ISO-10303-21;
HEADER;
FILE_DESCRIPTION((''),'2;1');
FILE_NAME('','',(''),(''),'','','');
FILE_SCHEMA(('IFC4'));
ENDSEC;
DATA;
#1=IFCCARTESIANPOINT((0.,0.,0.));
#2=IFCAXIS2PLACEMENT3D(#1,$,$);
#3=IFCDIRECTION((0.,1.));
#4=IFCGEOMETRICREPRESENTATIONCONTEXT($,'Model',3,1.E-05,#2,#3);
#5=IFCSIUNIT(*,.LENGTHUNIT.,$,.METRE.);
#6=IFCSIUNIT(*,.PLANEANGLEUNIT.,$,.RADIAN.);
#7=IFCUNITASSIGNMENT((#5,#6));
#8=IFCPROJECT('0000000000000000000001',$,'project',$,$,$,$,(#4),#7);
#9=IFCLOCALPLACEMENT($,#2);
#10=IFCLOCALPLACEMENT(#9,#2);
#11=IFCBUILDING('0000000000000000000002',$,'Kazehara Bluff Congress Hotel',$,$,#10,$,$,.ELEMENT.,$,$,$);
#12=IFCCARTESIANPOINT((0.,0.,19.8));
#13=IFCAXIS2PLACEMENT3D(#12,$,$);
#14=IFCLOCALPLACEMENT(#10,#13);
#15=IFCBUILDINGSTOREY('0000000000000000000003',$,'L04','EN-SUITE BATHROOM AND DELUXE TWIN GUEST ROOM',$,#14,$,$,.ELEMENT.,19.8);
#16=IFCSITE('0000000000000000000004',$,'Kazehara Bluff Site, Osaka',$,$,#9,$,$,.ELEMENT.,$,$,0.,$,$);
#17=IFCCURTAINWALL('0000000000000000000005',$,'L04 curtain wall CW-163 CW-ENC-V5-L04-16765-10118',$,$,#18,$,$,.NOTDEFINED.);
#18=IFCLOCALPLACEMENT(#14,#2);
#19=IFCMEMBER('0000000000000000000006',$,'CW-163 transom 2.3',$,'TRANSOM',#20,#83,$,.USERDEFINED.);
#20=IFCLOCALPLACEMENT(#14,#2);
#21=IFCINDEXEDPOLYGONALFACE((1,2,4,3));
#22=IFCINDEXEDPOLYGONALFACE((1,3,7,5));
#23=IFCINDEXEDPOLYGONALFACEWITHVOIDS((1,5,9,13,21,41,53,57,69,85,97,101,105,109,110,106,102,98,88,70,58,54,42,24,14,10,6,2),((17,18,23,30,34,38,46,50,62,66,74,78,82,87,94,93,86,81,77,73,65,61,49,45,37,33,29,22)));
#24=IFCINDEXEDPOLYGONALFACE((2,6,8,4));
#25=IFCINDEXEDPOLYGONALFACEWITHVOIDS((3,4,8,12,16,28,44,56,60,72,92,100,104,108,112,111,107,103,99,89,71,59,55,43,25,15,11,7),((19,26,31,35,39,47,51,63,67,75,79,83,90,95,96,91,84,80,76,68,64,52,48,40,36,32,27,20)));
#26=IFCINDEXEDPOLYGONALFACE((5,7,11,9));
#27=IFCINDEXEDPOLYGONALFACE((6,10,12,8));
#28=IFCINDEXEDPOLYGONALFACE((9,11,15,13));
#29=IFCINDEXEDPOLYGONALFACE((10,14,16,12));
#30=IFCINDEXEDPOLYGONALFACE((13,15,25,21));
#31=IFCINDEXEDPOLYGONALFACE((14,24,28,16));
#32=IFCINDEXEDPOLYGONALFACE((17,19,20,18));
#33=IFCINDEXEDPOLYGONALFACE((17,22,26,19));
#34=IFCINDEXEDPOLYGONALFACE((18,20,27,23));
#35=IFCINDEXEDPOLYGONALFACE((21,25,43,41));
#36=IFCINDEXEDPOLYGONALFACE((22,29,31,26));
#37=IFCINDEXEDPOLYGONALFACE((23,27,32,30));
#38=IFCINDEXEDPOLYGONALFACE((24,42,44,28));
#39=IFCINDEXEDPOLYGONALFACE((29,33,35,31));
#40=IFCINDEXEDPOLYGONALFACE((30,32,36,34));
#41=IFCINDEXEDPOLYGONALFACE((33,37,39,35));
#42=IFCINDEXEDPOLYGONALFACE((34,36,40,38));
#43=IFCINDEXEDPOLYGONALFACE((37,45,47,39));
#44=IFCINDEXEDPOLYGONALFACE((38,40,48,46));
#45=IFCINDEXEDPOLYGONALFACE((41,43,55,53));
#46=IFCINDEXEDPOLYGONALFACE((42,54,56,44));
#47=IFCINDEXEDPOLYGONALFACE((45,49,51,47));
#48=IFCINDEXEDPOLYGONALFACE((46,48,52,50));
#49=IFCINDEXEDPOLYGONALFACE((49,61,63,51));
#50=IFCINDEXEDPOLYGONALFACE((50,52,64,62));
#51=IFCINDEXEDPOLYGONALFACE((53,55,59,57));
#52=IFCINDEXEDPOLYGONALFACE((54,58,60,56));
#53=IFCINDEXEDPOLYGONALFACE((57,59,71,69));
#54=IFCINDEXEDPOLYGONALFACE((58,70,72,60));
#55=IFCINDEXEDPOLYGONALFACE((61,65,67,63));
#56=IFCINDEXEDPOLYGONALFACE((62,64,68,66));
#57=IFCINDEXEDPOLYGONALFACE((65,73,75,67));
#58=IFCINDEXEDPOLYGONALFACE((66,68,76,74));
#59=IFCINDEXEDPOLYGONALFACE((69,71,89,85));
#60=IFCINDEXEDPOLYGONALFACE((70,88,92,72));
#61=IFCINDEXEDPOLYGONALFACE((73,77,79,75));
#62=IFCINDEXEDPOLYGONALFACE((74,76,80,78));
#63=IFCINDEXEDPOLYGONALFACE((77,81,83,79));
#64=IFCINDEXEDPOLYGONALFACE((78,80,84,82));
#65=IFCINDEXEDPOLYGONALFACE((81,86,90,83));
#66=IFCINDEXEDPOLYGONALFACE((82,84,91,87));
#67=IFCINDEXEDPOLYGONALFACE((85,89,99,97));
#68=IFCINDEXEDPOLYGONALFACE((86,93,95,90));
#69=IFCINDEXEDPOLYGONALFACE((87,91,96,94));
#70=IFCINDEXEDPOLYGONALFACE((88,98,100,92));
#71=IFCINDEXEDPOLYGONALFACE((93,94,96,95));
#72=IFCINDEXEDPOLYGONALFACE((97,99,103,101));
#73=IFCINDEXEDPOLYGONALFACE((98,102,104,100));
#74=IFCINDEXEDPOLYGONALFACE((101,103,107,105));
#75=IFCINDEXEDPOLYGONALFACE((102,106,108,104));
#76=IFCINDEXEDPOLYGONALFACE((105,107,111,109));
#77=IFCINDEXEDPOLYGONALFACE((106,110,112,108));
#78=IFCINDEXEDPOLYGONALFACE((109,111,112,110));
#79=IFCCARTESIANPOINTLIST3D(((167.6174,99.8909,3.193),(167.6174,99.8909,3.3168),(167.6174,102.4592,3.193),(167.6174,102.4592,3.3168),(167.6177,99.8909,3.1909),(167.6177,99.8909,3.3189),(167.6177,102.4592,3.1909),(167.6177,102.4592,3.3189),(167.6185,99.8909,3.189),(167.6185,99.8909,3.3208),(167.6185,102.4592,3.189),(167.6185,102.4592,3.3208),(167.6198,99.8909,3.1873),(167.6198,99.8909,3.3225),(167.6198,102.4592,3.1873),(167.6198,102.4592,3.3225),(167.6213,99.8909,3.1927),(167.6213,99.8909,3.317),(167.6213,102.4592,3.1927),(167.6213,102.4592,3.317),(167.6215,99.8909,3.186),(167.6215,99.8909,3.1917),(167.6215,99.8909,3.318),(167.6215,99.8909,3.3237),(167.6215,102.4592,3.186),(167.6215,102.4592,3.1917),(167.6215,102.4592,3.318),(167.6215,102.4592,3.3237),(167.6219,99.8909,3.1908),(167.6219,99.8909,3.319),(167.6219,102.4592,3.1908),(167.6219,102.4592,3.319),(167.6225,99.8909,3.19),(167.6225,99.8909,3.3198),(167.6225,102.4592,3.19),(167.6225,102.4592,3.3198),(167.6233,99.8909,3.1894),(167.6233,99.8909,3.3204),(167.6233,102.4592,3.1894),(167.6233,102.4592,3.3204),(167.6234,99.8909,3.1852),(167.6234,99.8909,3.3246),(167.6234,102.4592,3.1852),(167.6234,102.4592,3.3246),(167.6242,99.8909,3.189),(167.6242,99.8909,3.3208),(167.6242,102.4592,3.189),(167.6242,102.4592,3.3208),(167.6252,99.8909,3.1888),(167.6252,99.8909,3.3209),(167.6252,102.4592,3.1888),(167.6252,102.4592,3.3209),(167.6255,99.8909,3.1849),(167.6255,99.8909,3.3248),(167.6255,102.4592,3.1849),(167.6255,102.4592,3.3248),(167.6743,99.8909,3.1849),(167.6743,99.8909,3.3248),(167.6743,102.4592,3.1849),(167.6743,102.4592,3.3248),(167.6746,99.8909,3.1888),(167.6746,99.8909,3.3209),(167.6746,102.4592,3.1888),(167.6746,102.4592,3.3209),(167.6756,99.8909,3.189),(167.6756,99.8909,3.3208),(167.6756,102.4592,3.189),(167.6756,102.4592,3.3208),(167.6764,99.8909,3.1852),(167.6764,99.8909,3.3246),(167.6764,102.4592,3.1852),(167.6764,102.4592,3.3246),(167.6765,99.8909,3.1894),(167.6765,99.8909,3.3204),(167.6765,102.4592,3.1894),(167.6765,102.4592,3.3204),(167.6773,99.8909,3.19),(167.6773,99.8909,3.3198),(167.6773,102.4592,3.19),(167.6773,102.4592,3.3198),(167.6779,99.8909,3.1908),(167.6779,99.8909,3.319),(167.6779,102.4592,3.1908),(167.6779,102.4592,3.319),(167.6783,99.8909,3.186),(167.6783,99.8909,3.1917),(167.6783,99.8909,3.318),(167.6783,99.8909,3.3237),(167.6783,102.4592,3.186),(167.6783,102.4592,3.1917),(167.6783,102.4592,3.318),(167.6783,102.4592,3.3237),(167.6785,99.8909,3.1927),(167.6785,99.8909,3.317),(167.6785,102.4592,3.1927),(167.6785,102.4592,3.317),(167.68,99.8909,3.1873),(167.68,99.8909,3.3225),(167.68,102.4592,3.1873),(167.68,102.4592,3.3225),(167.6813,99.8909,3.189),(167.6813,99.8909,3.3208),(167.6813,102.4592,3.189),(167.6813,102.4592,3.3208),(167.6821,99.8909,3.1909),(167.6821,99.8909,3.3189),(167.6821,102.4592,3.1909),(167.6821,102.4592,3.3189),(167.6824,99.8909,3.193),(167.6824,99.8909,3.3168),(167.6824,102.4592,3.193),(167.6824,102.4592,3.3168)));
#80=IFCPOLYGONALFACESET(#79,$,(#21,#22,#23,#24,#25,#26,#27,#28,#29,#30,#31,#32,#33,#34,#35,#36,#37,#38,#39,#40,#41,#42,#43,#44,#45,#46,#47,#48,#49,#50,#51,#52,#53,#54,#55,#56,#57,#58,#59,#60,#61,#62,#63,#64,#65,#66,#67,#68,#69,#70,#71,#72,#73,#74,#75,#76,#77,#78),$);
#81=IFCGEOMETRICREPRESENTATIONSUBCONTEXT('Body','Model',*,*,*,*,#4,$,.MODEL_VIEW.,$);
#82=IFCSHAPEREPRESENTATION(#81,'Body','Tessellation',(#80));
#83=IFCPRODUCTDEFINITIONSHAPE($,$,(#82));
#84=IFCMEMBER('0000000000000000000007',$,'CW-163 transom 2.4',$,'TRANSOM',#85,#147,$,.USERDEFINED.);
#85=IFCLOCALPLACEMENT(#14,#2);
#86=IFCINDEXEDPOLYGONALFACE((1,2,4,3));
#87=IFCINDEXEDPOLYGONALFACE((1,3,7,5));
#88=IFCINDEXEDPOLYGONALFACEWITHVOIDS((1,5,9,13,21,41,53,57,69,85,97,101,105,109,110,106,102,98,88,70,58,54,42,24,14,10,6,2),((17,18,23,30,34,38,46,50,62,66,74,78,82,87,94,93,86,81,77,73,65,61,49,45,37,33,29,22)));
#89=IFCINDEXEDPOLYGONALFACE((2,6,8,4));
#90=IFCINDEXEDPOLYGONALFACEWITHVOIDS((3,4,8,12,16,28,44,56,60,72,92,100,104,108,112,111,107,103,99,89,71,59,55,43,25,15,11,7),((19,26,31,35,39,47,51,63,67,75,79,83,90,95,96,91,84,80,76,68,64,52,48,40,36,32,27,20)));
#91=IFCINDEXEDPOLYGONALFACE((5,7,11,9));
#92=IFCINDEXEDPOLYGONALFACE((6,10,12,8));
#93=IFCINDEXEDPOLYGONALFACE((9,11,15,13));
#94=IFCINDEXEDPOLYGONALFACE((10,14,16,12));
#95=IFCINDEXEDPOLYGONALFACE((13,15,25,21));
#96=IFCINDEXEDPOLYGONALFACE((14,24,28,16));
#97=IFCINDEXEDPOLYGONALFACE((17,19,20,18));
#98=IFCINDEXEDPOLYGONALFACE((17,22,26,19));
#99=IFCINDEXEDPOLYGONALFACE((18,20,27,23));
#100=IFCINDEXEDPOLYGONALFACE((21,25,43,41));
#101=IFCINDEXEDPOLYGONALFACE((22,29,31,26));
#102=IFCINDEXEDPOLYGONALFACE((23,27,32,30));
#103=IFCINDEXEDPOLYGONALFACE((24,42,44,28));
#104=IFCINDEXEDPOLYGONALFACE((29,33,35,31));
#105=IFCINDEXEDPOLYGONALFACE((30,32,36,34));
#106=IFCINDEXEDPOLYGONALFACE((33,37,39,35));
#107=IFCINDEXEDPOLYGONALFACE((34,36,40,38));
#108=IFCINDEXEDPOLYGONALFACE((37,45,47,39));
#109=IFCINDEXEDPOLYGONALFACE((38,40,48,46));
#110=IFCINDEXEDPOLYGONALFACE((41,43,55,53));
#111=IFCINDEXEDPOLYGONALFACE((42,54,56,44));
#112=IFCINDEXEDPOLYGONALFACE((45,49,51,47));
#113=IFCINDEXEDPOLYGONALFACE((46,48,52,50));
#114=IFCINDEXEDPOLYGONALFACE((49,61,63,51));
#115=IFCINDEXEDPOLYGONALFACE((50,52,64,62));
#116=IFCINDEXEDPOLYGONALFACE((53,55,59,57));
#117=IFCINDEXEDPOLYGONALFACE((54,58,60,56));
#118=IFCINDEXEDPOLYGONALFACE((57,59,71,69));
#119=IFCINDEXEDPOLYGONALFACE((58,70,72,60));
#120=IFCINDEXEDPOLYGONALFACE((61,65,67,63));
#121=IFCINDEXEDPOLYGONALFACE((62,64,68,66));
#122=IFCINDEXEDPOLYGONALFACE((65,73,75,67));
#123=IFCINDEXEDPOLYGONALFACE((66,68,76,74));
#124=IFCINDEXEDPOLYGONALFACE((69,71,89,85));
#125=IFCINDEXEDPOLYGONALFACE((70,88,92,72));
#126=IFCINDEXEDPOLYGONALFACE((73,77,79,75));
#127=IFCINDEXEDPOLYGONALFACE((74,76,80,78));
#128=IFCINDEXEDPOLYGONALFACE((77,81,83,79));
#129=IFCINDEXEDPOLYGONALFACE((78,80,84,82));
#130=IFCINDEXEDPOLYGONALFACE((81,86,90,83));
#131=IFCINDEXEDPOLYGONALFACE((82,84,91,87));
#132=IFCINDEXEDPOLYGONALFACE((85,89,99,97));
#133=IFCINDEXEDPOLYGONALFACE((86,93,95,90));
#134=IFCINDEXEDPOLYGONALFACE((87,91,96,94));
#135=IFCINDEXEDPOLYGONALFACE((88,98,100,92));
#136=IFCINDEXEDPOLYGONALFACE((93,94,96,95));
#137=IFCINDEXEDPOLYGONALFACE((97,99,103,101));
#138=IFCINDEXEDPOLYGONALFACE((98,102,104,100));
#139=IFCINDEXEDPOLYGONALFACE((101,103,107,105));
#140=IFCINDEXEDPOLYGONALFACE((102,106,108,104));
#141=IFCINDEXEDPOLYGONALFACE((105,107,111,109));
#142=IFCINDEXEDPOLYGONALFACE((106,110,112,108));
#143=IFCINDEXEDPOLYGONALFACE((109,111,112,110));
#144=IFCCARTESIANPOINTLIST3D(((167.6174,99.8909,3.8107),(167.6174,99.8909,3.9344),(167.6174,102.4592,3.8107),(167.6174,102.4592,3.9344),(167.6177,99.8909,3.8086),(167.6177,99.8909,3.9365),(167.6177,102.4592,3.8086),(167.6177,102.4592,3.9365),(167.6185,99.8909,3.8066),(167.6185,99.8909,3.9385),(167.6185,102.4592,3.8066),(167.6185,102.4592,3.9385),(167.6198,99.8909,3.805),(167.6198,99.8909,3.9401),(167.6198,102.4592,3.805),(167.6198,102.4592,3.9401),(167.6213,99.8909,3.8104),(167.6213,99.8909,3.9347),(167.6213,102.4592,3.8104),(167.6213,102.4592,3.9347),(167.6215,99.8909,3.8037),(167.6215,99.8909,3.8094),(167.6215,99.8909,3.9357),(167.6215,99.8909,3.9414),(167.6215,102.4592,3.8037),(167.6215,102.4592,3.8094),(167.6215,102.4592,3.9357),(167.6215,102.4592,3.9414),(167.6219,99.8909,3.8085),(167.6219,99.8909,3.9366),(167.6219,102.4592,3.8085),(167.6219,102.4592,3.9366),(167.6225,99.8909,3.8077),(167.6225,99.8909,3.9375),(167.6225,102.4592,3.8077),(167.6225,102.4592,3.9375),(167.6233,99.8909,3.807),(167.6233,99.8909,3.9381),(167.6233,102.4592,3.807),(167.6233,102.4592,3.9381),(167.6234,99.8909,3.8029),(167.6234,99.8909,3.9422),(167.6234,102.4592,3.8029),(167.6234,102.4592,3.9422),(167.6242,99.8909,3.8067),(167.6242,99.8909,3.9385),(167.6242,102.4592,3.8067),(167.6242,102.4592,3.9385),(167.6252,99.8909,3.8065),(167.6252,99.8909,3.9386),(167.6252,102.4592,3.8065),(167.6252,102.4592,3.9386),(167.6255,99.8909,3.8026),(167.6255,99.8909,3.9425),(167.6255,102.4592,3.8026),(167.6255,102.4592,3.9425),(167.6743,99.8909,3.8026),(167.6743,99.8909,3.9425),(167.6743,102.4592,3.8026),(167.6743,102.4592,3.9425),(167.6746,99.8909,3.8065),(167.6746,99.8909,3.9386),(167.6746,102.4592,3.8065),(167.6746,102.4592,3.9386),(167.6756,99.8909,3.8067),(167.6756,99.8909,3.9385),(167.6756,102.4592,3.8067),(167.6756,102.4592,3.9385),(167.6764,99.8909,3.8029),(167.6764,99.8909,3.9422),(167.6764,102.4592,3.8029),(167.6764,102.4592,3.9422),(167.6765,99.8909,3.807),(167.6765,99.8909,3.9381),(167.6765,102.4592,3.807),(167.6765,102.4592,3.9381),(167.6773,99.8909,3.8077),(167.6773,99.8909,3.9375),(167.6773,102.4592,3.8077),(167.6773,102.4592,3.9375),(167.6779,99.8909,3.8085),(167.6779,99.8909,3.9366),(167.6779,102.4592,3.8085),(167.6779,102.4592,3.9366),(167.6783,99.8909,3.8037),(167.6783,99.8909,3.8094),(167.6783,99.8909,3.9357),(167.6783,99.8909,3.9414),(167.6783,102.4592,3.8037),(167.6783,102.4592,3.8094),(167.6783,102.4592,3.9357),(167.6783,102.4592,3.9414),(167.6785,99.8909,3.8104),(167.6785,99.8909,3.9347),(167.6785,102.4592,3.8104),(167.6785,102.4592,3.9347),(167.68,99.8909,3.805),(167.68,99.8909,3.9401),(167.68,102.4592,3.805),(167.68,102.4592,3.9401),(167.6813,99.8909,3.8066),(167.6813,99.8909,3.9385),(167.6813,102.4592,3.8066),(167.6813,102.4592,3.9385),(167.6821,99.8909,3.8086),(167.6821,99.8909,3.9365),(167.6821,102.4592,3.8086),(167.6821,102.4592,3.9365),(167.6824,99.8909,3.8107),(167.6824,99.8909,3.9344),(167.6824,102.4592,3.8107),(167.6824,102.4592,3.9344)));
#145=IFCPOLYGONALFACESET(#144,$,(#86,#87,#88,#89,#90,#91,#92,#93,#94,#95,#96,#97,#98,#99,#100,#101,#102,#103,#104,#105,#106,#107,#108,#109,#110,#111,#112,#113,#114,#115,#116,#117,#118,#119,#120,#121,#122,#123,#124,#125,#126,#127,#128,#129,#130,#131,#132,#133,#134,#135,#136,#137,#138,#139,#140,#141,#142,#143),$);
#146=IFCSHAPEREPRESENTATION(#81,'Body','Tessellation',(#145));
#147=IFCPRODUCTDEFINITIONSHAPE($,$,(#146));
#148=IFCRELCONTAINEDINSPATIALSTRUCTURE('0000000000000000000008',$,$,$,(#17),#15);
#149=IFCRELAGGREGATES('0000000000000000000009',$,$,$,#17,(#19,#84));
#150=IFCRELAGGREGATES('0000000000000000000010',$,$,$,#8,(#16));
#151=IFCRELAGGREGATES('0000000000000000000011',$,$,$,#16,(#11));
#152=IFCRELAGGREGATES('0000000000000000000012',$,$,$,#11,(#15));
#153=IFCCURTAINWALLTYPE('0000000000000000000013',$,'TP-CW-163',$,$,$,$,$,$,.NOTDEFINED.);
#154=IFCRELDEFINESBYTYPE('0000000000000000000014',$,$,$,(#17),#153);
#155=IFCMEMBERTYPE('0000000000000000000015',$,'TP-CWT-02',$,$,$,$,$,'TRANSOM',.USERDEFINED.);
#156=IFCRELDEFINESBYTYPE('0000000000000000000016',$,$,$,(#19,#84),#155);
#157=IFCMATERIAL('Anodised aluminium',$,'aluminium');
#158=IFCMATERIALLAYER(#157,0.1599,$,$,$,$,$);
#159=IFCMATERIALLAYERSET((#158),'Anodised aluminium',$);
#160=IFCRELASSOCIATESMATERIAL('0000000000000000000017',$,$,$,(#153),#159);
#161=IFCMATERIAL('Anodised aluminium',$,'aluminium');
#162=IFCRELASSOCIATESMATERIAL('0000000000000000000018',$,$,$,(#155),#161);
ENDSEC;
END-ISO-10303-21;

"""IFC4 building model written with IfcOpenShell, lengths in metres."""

from ifc_helpers import new_model, si_unit, direction, frame, origin, origin_2d, place, context, subcontext, project, spatial, hollow_rectangle, extrude, material, layer, layer_set, material_profile, profile_set, type_object, element, aggregate, save


model = new_model("IFC4")

# Units and contexts
model_context = context("Model", 3, precision=1e-05, world=origin(), true_north=direction((0.0, 1.0)))
body_context = subcontext(model_context, "Body", "Model", "MODEL_VIEW")
ifc_project = project(units=[si_unit("LENGTHUNIT", "METRE"), si_unit("PLANEANGLEUNIT", "RADIAN")], contexts=[model_context])

# Site, building, storey
site_placement = place(None, origin())
site = spatial("IfcSite", under=ifc_project, at=site_placement, Name="Kazehara Bluff Site, Osaka", CompositionType="ELEMENT", RefElevation=0.0)
building_placement = place(site_placement, origin())
building = spatial("IfcBuilding", under=site, at=building_placement, Name="Kazehara Bluff Congress Hotel", CompositionType="ELEMENT")
storey_placement = place(building_placement, frame((0.0, 0.0, 19.8)))
storey = spatial("IfcBuildingStorey", under=building, at=storey_placement, Name="L04", Description="EN-SUITE BATHROOM AND DELUXE TWIN GUEST ROOM", CompositionType="ELEMENT", Elevation=19.8)

# Curtain wall
ifc_material_1 = material(Name="Anodised aluminium", Category="aluminium")
ifc_layer_1 = layer(ifc_material_1, 0.1599)
ifc_layer_set_1 = layer_set([ifc_layer_1], Name="Anodised aluminium")
curtain_wall_type_1 = type_object("IfcCurtainWallType", Name="TP-CW-163", PredefinedType="NOTDEFINED", material=ifc_layer_set_1)
curtain_wall_1_placement = place(storey_placement, origin())
curtain_wall_1 = element("IfcCurtainWall", 1, at=curtain_wall_1_placement, inside=storey, type_object=curtain_wall_type_1, Name="L04 curtain wall CW-163 CW-ENC-V5-L04-16765-10118", PredefinedType="NOTDEFINED")

# Members
ifc_material_2 = material(Name="Anodised aluminium", Category="aluminium")
ifc_material_profile_1 = material_profile(ifc_material_2, hollow_rectangle(XDim=0.0649, YDim=0.1399, WallThickness=0.0039, InnerFilletRadius=0.0039, OuterFilletRadius=0.0081, at=origin_2d()))
ifc_profile_set_1 = profile_set([ifc_material_profile_1], Name="Anodised aluminium")
member_type_1 = type_object("IfcMemberType", Name="TP-CWT-02", ElementType="TRANSOM", PredefinedType="USERDEFINED", material=ifc_profile_set_1)
member_1_placement = place(storey_placement, frame((167.6499, 102.4592, 3.2549), z_axis=(0.0, -1.0, 0.0), x_axis=(1.0, 0.0, 0.0)))
member_1 = element("IfcMember", 2, at=member_1_placement, type_object=member_type_1, Name="CW-163 transom 2.3", ObjectType="TRANSOM", PredefinedType="USERDEFINED", context=body_context, shape_type="SweptSolid", body=[
    extrude(hollow_rectangle(XDim=0.0649, YDim=0.1399, WallThickness=0.0039, InnerFilletRadius=0.0039, OuterFilletRadius=0.0081, at=origin_2d()), origin(), (0.0, 0.0, 1.0), 2.5684),
])
member_2_placement = place(storey_placement, frame((167.6499, 102.4592, 3.8726), z_axis=(0.0, -1.0, 0.0), x_axis=(1.0, 0.0, 0.0)))
member_2 = element("IfcMember", 3, at=member_2_placement, type_object=member_type_1, Name="CW-163 transom 2.4", ObjectType="TRANSOM", PredefinedType="USERDEFINED", context=body_context, shape_type="SweptSolid", body=[
    extrude(hollow_rectangle(XDim=0.0649, YDim=0.1399, WallThickness=0.0039, InnerFilletRadius=0.0039, OuterFilletRadius=0.0081, at=origin_2d()), origin(), (0.0, 0.0, 1.0), 2.5684),
])

aggregate(curtain_wall_1, [member_1, member_2])

save(model, "model.ifc")
